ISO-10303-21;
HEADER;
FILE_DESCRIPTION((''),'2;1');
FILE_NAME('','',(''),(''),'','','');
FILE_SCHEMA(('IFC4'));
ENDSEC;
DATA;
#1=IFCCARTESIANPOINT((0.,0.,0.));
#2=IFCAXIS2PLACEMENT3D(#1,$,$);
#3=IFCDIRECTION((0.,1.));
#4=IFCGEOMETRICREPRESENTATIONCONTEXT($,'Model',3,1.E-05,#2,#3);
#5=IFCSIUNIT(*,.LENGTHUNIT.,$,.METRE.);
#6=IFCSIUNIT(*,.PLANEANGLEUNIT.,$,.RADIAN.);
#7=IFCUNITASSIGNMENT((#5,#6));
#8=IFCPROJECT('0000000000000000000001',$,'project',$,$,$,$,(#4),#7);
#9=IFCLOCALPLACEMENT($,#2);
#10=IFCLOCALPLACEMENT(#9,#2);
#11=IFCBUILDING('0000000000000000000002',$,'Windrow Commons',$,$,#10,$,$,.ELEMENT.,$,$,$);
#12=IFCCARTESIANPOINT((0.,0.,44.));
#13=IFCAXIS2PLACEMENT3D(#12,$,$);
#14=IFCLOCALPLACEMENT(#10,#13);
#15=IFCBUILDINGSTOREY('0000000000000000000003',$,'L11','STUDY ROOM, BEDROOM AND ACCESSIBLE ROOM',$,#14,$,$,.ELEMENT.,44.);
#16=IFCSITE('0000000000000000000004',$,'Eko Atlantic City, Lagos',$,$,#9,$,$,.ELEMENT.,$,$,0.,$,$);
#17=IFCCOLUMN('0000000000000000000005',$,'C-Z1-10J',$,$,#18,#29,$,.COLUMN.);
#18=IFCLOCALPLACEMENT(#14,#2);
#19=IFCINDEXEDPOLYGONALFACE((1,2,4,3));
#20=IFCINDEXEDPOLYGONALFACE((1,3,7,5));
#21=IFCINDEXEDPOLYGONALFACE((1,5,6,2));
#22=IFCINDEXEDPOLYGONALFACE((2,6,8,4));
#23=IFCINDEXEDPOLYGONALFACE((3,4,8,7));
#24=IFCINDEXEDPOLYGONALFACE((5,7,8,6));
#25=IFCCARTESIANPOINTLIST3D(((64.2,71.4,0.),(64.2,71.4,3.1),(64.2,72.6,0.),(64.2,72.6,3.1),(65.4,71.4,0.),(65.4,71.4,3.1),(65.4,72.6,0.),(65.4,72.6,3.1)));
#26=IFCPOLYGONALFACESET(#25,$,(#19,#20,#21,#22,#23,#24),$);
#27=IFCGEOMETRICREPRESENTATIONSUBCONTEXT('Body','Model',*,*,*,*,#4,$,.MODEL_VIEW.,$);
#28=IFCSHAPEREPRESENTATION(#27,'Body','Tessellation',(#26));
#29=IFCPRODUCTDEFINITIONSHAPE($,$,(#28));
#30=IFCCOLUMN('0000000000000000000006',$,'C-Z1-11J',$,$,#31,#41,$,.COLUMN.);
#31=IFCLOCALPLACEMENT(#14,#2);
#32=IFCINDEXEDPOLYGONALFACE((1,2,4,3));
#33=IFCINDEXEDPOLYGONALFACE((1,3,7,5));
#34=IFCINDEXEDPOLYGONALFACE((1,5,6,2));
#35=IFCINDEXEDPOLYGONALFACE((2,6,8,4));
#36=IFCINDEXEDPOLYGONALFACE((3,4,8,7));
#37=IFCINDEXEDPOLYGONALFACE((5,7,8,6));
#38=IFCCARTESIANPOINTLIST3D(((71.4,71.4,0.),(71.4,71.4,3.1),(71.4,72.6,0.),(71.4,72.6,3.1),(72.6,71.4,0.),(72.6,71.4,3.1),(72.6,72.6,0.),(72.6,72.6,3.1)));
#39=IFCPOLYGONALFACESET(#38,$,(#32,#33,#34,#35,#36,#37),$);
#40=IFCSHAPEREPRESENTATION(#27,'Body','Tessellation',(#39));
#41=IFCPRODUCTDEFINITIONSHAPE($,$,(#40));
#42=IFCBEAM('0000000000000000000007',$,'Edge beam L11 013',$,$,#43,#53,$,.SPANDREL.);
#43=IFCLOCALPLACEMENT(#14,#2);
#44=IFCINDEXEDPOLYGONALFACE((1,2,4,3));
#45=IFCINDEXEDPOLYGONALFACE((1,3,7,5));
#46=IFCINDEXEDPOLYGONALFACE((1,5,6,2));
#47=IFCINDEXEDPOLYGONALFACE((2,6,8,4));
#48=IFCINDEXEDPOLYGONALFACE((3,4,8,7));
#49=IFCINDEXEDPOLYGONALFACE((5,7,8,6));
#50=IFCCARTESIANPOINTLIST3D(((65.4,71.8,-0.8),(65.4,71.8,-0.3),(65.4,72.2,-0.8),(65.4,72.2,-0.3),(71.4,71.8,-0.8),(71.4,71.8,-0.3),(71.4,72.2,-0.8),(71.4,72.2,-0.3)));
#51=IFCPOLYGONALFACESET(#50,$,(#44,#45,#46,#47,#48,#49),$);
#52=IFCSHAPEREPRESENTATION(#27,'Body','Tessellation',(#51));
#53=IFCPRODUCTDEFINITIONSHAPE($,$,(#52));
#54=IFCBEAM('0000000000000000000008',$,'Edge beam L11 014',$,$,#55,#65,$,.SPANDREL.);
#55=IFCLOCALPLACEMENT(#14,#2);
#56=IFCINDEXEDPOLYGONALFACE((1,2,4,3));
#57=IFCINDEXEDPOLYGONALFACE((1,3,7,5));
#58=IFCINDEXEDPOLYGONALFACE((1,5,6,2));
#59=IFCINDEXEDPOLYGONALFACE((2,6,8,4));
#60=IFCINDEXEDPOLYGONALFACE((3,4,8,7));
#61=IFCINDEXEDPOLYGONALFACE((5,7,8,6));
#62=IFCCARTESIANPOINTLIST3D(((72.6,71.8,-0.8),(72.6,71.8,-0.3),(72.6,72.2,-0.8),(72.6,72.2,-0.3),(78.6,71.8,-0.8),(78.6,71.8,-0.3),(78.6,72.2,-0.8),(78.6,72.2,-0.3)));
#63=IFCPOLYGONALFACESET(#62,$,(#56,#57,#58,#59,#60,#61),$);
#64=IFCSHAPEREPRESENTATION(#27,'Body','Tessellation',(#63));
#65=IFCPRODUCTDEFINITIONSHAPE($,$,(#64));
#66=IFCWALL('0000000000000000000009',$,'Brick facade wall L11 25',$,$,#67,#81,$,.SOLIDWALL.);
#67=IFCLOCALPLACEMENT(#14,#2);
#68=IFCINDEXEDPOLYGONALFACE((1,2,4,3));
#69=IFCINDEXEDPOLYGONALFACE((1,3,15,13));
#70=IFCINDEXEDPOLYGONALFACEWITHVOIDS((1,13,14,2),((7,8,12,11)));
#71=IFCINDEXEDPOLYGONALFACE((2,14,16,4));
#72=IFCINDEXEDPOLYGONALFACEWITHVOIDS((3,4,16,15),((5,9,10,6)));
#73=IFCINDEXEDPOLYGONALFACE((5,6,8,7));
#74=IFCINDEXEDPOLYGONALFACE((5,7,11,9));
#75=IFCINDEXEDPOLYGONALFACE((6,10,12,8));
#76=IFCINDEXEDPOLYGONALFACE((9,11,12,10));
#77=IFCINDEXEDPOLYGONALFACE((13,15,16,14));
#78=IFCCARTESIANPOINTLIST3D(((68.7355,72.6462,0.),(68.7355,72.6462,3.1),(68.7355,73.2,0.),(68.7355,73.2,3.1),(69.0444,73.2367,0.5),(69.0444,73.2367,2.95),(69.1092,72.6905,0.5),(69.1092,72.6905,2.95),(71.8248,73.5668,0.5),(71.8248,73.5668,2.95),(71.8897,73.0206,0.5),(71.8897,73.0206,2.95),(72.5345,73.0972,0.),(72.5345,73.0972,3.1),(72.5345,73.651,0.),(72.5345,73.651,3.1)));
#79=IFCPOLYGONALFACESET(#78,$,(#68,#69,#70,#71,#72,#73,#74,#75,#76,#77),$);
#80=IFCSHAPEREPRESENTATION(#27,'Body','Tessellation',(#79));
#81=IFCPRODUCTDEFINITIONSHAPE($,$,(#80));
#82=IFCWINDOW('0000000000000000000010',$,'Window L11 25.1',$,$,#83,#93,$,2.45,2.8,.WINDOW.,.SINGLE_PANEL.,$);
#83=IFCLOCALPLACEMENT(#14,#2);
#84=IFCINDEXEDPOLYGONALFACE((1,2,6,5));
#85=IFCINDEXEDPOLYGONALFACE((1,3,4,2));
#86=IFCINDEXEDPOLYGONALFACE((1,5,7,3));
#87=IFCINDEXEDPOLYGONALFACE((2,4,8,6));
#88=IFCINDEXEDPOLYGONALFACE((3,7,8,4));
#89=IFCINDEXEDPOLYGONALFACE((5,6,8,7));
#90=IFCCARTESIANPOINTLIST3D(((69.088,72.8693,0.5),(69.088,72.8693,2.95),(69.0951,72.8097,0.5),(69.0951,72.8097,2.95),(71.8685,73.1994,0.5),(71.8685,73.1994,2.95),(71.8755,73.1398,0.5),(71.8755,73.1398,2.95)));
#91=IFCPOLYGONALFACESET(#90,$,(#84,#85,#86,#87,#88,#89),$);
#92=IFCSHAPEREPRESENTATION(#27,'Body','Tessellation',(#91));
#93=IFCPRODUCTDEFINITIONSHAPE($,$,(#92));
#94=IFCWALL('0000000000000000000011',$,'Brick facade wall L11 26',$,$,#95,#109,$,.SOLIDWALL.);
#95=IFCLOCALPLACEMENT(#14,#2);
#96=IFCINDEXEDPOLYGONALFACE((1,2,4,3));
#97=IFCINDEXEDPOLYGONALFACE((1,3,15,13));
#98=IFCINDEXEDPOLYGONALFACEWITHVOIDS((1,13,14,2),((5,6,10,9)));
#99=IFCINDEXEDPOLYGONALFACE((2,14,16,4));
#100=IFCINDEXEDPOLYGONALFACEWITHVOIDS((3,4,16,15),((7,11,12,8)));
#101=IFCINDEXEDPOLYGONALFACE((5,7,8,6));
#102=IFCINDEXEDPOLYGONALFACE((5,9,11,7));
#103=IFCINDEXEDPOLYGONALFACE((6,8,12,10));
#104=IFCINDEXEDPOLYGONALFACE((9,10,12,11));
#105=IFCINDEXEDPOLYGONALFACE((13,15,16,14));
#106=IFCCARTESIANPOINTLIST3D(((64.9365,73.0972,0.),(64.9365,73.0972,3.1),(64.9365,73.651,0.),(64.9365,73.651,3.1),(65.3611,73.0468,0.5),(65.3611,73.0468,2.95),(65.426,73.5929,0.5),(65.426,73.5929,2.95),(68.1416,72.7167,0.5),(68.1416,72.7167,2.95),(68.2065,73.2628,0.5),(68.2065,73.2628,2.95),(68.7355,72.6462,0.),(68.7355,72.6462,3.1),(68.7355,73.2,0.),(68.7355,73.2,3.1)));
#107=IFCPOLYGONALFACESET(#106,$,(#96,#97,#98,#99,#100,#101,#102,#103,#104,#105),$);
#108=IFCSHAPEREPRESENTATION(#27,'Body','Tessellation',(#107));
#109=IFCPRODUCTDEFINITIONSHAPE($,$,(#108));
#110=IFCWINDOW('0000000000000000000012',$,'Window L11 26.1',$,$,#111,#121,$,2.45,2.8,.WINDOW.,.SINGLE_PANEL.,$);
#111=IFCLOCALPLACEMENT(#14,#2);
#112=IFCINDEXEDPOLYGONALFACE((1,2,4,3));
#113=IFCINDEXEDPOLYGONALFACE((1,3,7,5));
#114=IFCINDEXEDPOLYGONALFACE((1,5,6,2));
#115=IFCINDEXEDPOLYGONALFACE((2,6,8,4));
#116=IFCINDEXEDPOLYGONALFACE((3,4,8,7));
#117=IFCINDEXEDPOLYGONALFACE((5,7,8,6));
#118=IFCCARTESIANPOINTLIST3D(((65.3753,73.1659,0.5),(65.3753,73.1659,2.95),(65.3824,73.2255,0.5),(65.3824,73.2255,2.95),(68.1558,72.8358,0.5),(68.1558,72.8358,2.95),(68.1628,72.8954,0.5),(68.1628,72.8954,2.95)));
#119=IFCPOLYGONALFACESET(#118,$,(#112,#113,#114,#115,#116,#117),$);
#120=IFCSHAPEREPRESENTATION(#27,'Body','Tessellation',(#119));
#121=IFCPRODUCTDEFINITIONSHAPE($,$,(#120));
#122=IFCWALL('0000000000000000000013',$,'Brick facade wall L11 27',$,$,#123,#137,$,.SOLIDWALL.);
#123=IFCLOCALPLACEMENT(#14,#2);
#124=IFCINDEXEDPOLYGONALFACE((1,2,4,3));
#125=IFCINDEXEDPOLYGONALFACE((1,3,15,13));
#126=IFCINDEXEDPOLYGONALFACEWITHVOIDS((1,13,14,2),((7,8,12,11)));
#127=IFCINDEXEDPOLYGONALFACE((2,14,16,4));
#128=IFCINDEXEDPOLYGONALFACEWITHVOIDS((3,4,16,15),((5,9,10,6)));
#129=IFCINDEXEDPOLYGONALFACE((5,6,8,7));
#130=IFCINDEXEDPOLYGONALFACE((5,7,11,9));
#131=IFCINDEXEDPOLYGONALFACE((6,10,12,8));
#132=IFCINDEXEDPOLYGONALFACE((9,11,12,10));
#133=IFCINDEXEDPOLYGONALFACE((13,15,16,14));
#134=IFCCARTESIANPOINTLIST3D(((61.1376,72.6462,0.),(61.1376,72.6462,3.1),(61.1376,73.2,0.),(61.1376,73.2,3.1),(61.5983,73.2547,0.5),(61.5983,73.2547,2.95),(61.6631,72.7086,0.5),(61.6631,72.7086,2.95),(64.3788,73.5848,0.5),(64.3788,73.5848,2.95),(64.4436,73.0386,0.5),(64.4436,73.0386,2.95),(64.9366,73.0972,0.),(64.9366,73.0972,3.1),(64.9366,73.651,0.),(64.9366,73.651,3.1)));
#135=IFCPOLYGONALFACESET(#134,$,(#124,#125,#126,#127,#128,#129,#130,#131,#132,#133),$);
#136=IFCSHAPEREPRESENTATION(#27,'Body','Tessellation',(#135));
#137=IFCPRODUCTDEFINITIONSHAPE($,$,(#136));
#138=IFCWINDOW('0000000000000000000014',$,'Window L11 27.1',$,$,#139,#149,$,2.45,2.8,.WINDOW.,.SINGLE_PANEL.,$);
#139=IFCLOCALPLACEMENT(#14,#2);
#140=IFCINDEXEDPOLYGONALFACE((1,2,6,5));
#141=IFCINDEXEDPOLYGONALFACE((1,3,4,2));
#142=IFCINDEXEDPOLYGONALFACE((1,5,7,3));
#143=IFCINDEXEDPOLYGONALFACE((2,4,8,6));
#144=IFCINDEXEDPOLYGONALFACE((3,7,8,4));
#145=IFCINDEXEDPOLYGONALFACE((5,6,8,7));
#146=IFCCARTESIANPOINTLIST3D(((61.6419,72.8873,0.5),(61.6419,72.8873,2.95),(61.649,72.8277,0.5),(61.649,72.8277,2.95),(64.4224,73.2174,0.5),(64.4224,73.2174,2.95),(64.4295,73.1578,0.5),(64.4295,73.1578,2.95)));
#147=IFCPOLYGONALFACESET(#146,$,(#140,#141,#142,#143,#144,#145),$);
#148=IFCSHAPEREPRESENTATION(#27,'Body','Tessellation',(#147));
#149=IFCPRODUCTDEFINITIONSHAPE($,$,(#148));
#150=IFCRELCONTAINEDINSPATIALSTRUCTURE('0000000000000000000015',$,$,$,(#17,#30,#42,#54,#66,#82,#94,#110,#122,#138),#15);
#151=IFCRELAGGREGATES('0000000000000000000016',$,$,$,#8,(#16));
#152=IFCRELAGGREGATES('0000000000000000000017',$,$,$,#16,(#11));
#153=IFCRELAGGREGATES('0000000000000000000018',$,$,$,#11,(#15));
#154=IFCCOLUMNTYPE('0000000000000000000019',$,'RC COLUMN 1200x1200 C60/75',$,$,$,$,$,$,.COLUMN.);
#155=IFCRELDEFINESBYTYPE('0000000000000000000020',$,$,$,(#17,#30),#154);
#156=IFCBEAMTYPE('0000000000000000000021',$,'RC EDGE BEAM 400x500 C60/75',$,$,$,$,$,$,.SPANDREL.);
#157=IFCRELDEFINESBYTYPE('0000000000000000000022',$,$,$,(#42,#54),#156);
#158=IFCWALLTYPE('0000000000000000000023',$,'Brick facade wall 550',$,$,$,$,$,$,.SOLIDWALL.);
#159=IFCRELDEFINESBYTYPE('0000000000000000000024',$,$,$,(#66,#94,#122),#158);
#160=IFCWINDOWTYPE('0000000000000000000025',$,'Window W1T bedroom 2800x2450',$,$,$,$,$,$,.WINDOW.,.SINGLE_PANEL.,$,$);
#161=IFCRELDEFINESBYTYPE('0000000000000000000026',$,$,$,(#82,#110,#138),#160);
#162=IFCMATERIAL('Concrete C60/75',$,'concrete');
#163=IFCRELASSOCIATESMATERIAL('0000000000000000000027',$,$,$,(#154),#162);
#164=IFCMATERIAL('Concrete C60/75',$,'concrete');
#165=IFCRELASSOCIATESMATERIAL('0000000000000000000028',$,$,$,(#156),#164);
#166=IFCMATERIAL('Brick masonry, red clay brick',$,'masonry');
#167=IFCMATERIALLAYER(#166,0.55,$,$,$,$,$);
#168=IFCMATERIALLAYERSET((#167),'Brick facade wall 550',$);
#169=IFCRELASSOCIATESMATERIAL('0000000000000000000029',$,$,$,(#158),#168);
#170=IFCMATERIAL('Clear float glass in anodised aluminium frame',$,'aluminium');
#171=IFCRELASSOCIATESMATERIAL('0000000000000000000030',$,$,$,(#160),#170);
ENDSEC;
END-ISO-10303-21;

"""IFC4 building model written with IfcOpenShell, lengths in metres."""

from ifc_helpers import new_model, si_unit, direction, frame, frame_2d, origin, origin_2d, place, context, subcontext, project, spatial, polyline, rectangle, outline, extrude, material, layer, layer_set, material_profile, profile_set, type_object, element, fill, save


model = new_model("IFC4")

# Units and contexts
model_context = context("Model", 3, precision=1e-05, world=origin(), true_north=direction((0.0, 1.0)))
body_context = subcontext(model_context, "Body", "Model", "MODEL_VIEW")
ifc_project = project(units=[si_unit("LENGTHUNIT", "METRE"), si_unit("PLANEANGLEUNIT", "RADIAN")], contexts=[model_context])

# Site, building, storey
site_placement = place(None, origin())
site = spatial("IfcSite", under=ifc_project, at=site_placement, Name="Eko Atlantic City, Lagos", CompositionType="ELEMENT", RefElevation=0.0)
building_placement = place(site_placement, origin())
building = spatial("IfcBuilding", under=site, at=building_placement, Name="Windrow Commons", CompositionType="ELEMENT")
storey_placement = place(building_placement, frame((0.0, 0.0, 44.0)))
storey = spatial("IfcBuildingStorey", under=building, at=storey_placement, Name="L11", Description="STUDY ROOM, BEDROOM AND ACCESSIBLE ROOM", CompositionType="ELEMENT", Elevation=44.0)

# Columns
ifc_material_1 = material(Name="Concrete C60/75", Category="concrete")
ifc_material_profile_1 = material_profile(ifc_material_1, rectangle(XDim=1.2, YDim=1.2, at=origin_2d()))
ifc_profile_set_1 = profile_set([ifc_material_profile_1], Name="Concrete C60/75")
column_type = type_object("IfcColumnType", Name="RC COLUMN 1200x1200 C60/75", PredefinedType="COLUMN", material=ifc_profile_set_1)
for number, where, z_axis, x_axis, name in (
    (1, (64.8, 72.0, 0.0), (0.0, 0.0, 1.0), (1.0, 0.0, 0.0), "C-Z1-10J"),
    (2, (72.0, 72.0, 0.0), (0.0, 0.0, 1.0), (1.0, 0.0, 0.0), "C-Z1-11J"),
):
    element("IfcColumn", number, at=place(storey_placement, frame(where, z_axis=z_axis, x_axis=x_axis)), inside=storey, type_object=column_type, Name=name, PredefinedType="COLUMN", context=body_context, shape_type="SweptSolid", body=[
        extrude(rectangle(XDim=1.2, YDim=1.2, at=origin_2d()), origin(), (0.0, 0.0, 1.0), 3.1),
    ])

# Beams
ifc_material_2 = material(Name="Concrete C60/75", Category="concrete")
ifc_material_profile_2 = material_profile(ifc_material_2, rectangle(XDim=0.4, YDim=0.5, at=origin_2d()))
ifc_profile_set_2 = profile_set([ifc_material_profile_2], Name="Concrete C60/75")
beam_type = type_object("IfcBeamType", Name="RC EDGE BEAM 400x500 C60/75", PredefinedType="SPANDREL", material=ifc_profile_set_2)
for number, where, z_axis, x_axis, name in (
    (3, (65.4, 72.0, -0.55), (1.0, 0.0, 0.0), (0.0, 1.0, 0.0), "Edge beam L11 013"),
    (4, (72.6, 72.0, -0.55), (1.0, 0.0, 0.0), (0.0, 1.0, 0.0), "Edge beam L11 014"),
):
    element("IfcBeam", number, at=place(storey_placement, frame(where, z_axis=z_axis, x_axis=x_axis)), inside=storey, type_object=beam_type, Name=name, PredefinedType="SPANDREL", context=body_context, shape_type="SweptSolid", body=[
        extrude(rectangle(XDim=0.4, YDim=0.5, at=origin_2d()), origin(), (0.0, 0.0, 1.0), 6.0),
    ])

# Walls, openings, windows
ifc_material_3 = material(Name="Brick masonry, red clay brick", Category="masonry")
ifc_layer_1 = layer(ifc_material_3, 0.55)
ifc_layer_set_1 = layer_set([ifc_layer_1], Name="Brick facade wall 550")
wall_type_1 = type_object("IfcWallType", Name="Brick facade wall 550", PredefinedType="SOLIDWALL", material=ifc_layer_set_1)
wall_1_placement = place(storey_placement, frame((72.5345, 73.3741, 0.0), z_axis=(0.0, 0.0, 1.0), x_axis=(-0.993027, -0.117888, 0.0)))
wall_1 = element("IfcWall", 5, at=wall_1_placement, inside=storey, type_object=wall_type_1, Name="Brick facade wall L11 25", PredefinedType="SOLIDWALL", context=body_context, shape_type="SweptSolid", body=[
    extrude(outline(polyline([(-0.0326, -0.275), (3.793, -0.275), (3.8583, 0.275), (0.0326, 0.275), (-0.0326, -0.275)])), origin(), (0.0, 0.0, 1.0), 3.1),
])
opening_1_placement = place(wall_1_placement, frame((0.682, 0.0, 0.5)))
opening_1 = element("IfcOpeningElement", 6, at=opening_1_placement, cuts=wall_1, PredefinedType="OPENING", context=body_context, shape_type="SweptSolid", body=[
    extrude(rectangle(XDim=2.8, YDim=2.45, at=frame_2d((1.4, 1.225))), frame((0.0, 0.285, 0.0), z_axis=(0.0, -1.0, 0.0), x_axis=(1.0, 0.0, 0.0)), (0.0, 0.0, 1.0), 0.57),
])
ifc_material_4 = material(Name="Clear float glass in anodised aluminium frame", Category="aluminium")
window_type = type_object("IfcWindowType", Name="Window W1T bedroom 2800x2450", PartitioningType="SINGLE_PANEL", PredefinedType="WINDOW", material=ifc_material_4)
window_1_placement = place(opening_1_placement, origin())
window_1 = element("IfcWindow", 7, at=window_1_placement, inside=storey, type_object=window_type, Name="Window L11 25.1", OverallHeight=2.45, OverallWidth=2.8, PartitioningType="SINGLE_PANEL", PredefinedType="WINDOW", context=body_context, shape_type="SweptSolid", body=[
    extrude(rectangle(XDim=2.8, YDim=2.45, at=frame_2d((1.4, 1.225))), frame((0.0, 0.155, 0.0), z_axis=(0.0, -1.0, 0.0), x_axis=(1.0, 0.0, 0.0)), (0.0, 0.0, 1.0), 0.06),
])
fill(opening_1, window_1)
wall_2_placement = place(storey_placement, frame((68.7355, 72.9231, 0.0), z_axis=(0.0, 0.0, 1.0), x_axis=(-0.993027, 0.117891, 0.0)))
wall_2 = element("IfcWall", 8, at=wall_2_placement, inside=storey, type_object=wall_type_1, Name="Brick facade wall L11 26", PredefinedType="SOLIDWALL", context=body_context, shape_type="SweptSolid", body=[
    extrude(outline(polyline([(0.0326, -0.275), (3.8583, -0.275), (3.793, 0.275), (-0.0326, 0.275), (0.0326, -0.275)])), origin(), (0.0, 0.0, 1.0), 3.1),
])
opening_2_placement = place(wall_2_placement, frame((0.5654, 0.0, 0.5)))
opening_2 = element("IfcOpeningElement", 9, at=opening_2_placement, cuts=wall_2, PredefinedType="OPENING", context=body_context, shape_type="SweptSolid", body=[
    extrude(rectangle(XDim=2.8, YDim=2.45, at=frame_2d((1.4, 1.225))), frame((0.0, 0.285, 0.0), z_axis=(0.0, -1.0, 0.0), x_axis=(1.0, 0.0, 0.0)), (0.0, 0.0, 1.0), 0.57),
])
window_2_placement = place(opening_2_placement, origin())
window_2 = element("IfcWindow", 10, at=window_2_placement, inside=storey, type_object=window_type, Name="Window L11 26.1", OverallHeight=2.45, OverallWidth=2.8, PartitioningType="SINGLE_PANEL", PredefinedType="WINDOW", context=body_context, shape_type="SweptSolid", body=[
    extrude(rectangle(XDim=2.8, YDim=2.45, at=frame_2d((1.4, 1.225))), frame((0.0, 0.155, 0.0), z_axis=(0.0, -1.0, 0.0), x_axis=(1.0, 0.0, 0.0)), (0.0, 0.0, 1.0), 0.06),
])
fill(opening_2, window_2)
wall_3_placement = place(storey_placement, frame((64.9366, 73.3741, 0.0), z_axis=(0.0, 0.0, 1.0), x_axis=(-0.993027, -0.117888, 0.0)))
wall_3 = element("IfcWall", 11, at=wall_3_placement, inside=storey, type_object=wall_type_1, Name="Brick facade wall L11 27", PredefinedType="SOLIDWALL", context=body_context, shape_type="SweptSolid", body=[
    extrude(outline(polyline([(-0.0326, -0.275), (3.793, -0.275), (3.8583, 0.275), (0.0326, 0.275), (-0.0326, -0.275)])), origin(), (0.0, 0.0, 1.0), 3.1),
])
opening_3_placement = place(wall_3_placement, frame((0.5291, 0.0, 0.5)))
opening_3 = element("IfcOpeningElement", 12, at=opening_3_placement, cuts=wall_3, PredefinedType="OPENING", context=body_context, shape_type="SweptSolid", body=[
    extrude(rectangle(XDim=2.8, YDim=2.45, at=frame_2d((1.4, 1.225))), frame((0.0, 0.285, 0.0), z_axis=(0.0, -1.0, 0.0), x_axis=(1.0, 0.0, 0.0)), (0.0, 0.0, 1.0), 0.57),
])
window_3_placement = place(opening_3_placement, origin())
window_3 = element("IfcWindow", 13, at=window_3_placement, inside=storey, type_object=window_type, Name="Window L11 27.1", OverallHeight=2.45, OverallWidth=2.8, PartitioningType="SINGLE_PANEL", PredefinedType="WINDOW", context=body_context, shape_type="SweptSolid", body=[
    extrude(rectangle(XDim=2.8, YDim=2.45, at=frame_2d((1.4, 1.225))), frame((0.0, 0.155, 0.0), z_axis=(0.0, -1.0, 0.0), x_axis=(1.0, 0.0, 0.0)), (0.0, 0.0, 1.0), 0.06),
])
fill(opening_3, window_3)

save(model, "model.ifc")
